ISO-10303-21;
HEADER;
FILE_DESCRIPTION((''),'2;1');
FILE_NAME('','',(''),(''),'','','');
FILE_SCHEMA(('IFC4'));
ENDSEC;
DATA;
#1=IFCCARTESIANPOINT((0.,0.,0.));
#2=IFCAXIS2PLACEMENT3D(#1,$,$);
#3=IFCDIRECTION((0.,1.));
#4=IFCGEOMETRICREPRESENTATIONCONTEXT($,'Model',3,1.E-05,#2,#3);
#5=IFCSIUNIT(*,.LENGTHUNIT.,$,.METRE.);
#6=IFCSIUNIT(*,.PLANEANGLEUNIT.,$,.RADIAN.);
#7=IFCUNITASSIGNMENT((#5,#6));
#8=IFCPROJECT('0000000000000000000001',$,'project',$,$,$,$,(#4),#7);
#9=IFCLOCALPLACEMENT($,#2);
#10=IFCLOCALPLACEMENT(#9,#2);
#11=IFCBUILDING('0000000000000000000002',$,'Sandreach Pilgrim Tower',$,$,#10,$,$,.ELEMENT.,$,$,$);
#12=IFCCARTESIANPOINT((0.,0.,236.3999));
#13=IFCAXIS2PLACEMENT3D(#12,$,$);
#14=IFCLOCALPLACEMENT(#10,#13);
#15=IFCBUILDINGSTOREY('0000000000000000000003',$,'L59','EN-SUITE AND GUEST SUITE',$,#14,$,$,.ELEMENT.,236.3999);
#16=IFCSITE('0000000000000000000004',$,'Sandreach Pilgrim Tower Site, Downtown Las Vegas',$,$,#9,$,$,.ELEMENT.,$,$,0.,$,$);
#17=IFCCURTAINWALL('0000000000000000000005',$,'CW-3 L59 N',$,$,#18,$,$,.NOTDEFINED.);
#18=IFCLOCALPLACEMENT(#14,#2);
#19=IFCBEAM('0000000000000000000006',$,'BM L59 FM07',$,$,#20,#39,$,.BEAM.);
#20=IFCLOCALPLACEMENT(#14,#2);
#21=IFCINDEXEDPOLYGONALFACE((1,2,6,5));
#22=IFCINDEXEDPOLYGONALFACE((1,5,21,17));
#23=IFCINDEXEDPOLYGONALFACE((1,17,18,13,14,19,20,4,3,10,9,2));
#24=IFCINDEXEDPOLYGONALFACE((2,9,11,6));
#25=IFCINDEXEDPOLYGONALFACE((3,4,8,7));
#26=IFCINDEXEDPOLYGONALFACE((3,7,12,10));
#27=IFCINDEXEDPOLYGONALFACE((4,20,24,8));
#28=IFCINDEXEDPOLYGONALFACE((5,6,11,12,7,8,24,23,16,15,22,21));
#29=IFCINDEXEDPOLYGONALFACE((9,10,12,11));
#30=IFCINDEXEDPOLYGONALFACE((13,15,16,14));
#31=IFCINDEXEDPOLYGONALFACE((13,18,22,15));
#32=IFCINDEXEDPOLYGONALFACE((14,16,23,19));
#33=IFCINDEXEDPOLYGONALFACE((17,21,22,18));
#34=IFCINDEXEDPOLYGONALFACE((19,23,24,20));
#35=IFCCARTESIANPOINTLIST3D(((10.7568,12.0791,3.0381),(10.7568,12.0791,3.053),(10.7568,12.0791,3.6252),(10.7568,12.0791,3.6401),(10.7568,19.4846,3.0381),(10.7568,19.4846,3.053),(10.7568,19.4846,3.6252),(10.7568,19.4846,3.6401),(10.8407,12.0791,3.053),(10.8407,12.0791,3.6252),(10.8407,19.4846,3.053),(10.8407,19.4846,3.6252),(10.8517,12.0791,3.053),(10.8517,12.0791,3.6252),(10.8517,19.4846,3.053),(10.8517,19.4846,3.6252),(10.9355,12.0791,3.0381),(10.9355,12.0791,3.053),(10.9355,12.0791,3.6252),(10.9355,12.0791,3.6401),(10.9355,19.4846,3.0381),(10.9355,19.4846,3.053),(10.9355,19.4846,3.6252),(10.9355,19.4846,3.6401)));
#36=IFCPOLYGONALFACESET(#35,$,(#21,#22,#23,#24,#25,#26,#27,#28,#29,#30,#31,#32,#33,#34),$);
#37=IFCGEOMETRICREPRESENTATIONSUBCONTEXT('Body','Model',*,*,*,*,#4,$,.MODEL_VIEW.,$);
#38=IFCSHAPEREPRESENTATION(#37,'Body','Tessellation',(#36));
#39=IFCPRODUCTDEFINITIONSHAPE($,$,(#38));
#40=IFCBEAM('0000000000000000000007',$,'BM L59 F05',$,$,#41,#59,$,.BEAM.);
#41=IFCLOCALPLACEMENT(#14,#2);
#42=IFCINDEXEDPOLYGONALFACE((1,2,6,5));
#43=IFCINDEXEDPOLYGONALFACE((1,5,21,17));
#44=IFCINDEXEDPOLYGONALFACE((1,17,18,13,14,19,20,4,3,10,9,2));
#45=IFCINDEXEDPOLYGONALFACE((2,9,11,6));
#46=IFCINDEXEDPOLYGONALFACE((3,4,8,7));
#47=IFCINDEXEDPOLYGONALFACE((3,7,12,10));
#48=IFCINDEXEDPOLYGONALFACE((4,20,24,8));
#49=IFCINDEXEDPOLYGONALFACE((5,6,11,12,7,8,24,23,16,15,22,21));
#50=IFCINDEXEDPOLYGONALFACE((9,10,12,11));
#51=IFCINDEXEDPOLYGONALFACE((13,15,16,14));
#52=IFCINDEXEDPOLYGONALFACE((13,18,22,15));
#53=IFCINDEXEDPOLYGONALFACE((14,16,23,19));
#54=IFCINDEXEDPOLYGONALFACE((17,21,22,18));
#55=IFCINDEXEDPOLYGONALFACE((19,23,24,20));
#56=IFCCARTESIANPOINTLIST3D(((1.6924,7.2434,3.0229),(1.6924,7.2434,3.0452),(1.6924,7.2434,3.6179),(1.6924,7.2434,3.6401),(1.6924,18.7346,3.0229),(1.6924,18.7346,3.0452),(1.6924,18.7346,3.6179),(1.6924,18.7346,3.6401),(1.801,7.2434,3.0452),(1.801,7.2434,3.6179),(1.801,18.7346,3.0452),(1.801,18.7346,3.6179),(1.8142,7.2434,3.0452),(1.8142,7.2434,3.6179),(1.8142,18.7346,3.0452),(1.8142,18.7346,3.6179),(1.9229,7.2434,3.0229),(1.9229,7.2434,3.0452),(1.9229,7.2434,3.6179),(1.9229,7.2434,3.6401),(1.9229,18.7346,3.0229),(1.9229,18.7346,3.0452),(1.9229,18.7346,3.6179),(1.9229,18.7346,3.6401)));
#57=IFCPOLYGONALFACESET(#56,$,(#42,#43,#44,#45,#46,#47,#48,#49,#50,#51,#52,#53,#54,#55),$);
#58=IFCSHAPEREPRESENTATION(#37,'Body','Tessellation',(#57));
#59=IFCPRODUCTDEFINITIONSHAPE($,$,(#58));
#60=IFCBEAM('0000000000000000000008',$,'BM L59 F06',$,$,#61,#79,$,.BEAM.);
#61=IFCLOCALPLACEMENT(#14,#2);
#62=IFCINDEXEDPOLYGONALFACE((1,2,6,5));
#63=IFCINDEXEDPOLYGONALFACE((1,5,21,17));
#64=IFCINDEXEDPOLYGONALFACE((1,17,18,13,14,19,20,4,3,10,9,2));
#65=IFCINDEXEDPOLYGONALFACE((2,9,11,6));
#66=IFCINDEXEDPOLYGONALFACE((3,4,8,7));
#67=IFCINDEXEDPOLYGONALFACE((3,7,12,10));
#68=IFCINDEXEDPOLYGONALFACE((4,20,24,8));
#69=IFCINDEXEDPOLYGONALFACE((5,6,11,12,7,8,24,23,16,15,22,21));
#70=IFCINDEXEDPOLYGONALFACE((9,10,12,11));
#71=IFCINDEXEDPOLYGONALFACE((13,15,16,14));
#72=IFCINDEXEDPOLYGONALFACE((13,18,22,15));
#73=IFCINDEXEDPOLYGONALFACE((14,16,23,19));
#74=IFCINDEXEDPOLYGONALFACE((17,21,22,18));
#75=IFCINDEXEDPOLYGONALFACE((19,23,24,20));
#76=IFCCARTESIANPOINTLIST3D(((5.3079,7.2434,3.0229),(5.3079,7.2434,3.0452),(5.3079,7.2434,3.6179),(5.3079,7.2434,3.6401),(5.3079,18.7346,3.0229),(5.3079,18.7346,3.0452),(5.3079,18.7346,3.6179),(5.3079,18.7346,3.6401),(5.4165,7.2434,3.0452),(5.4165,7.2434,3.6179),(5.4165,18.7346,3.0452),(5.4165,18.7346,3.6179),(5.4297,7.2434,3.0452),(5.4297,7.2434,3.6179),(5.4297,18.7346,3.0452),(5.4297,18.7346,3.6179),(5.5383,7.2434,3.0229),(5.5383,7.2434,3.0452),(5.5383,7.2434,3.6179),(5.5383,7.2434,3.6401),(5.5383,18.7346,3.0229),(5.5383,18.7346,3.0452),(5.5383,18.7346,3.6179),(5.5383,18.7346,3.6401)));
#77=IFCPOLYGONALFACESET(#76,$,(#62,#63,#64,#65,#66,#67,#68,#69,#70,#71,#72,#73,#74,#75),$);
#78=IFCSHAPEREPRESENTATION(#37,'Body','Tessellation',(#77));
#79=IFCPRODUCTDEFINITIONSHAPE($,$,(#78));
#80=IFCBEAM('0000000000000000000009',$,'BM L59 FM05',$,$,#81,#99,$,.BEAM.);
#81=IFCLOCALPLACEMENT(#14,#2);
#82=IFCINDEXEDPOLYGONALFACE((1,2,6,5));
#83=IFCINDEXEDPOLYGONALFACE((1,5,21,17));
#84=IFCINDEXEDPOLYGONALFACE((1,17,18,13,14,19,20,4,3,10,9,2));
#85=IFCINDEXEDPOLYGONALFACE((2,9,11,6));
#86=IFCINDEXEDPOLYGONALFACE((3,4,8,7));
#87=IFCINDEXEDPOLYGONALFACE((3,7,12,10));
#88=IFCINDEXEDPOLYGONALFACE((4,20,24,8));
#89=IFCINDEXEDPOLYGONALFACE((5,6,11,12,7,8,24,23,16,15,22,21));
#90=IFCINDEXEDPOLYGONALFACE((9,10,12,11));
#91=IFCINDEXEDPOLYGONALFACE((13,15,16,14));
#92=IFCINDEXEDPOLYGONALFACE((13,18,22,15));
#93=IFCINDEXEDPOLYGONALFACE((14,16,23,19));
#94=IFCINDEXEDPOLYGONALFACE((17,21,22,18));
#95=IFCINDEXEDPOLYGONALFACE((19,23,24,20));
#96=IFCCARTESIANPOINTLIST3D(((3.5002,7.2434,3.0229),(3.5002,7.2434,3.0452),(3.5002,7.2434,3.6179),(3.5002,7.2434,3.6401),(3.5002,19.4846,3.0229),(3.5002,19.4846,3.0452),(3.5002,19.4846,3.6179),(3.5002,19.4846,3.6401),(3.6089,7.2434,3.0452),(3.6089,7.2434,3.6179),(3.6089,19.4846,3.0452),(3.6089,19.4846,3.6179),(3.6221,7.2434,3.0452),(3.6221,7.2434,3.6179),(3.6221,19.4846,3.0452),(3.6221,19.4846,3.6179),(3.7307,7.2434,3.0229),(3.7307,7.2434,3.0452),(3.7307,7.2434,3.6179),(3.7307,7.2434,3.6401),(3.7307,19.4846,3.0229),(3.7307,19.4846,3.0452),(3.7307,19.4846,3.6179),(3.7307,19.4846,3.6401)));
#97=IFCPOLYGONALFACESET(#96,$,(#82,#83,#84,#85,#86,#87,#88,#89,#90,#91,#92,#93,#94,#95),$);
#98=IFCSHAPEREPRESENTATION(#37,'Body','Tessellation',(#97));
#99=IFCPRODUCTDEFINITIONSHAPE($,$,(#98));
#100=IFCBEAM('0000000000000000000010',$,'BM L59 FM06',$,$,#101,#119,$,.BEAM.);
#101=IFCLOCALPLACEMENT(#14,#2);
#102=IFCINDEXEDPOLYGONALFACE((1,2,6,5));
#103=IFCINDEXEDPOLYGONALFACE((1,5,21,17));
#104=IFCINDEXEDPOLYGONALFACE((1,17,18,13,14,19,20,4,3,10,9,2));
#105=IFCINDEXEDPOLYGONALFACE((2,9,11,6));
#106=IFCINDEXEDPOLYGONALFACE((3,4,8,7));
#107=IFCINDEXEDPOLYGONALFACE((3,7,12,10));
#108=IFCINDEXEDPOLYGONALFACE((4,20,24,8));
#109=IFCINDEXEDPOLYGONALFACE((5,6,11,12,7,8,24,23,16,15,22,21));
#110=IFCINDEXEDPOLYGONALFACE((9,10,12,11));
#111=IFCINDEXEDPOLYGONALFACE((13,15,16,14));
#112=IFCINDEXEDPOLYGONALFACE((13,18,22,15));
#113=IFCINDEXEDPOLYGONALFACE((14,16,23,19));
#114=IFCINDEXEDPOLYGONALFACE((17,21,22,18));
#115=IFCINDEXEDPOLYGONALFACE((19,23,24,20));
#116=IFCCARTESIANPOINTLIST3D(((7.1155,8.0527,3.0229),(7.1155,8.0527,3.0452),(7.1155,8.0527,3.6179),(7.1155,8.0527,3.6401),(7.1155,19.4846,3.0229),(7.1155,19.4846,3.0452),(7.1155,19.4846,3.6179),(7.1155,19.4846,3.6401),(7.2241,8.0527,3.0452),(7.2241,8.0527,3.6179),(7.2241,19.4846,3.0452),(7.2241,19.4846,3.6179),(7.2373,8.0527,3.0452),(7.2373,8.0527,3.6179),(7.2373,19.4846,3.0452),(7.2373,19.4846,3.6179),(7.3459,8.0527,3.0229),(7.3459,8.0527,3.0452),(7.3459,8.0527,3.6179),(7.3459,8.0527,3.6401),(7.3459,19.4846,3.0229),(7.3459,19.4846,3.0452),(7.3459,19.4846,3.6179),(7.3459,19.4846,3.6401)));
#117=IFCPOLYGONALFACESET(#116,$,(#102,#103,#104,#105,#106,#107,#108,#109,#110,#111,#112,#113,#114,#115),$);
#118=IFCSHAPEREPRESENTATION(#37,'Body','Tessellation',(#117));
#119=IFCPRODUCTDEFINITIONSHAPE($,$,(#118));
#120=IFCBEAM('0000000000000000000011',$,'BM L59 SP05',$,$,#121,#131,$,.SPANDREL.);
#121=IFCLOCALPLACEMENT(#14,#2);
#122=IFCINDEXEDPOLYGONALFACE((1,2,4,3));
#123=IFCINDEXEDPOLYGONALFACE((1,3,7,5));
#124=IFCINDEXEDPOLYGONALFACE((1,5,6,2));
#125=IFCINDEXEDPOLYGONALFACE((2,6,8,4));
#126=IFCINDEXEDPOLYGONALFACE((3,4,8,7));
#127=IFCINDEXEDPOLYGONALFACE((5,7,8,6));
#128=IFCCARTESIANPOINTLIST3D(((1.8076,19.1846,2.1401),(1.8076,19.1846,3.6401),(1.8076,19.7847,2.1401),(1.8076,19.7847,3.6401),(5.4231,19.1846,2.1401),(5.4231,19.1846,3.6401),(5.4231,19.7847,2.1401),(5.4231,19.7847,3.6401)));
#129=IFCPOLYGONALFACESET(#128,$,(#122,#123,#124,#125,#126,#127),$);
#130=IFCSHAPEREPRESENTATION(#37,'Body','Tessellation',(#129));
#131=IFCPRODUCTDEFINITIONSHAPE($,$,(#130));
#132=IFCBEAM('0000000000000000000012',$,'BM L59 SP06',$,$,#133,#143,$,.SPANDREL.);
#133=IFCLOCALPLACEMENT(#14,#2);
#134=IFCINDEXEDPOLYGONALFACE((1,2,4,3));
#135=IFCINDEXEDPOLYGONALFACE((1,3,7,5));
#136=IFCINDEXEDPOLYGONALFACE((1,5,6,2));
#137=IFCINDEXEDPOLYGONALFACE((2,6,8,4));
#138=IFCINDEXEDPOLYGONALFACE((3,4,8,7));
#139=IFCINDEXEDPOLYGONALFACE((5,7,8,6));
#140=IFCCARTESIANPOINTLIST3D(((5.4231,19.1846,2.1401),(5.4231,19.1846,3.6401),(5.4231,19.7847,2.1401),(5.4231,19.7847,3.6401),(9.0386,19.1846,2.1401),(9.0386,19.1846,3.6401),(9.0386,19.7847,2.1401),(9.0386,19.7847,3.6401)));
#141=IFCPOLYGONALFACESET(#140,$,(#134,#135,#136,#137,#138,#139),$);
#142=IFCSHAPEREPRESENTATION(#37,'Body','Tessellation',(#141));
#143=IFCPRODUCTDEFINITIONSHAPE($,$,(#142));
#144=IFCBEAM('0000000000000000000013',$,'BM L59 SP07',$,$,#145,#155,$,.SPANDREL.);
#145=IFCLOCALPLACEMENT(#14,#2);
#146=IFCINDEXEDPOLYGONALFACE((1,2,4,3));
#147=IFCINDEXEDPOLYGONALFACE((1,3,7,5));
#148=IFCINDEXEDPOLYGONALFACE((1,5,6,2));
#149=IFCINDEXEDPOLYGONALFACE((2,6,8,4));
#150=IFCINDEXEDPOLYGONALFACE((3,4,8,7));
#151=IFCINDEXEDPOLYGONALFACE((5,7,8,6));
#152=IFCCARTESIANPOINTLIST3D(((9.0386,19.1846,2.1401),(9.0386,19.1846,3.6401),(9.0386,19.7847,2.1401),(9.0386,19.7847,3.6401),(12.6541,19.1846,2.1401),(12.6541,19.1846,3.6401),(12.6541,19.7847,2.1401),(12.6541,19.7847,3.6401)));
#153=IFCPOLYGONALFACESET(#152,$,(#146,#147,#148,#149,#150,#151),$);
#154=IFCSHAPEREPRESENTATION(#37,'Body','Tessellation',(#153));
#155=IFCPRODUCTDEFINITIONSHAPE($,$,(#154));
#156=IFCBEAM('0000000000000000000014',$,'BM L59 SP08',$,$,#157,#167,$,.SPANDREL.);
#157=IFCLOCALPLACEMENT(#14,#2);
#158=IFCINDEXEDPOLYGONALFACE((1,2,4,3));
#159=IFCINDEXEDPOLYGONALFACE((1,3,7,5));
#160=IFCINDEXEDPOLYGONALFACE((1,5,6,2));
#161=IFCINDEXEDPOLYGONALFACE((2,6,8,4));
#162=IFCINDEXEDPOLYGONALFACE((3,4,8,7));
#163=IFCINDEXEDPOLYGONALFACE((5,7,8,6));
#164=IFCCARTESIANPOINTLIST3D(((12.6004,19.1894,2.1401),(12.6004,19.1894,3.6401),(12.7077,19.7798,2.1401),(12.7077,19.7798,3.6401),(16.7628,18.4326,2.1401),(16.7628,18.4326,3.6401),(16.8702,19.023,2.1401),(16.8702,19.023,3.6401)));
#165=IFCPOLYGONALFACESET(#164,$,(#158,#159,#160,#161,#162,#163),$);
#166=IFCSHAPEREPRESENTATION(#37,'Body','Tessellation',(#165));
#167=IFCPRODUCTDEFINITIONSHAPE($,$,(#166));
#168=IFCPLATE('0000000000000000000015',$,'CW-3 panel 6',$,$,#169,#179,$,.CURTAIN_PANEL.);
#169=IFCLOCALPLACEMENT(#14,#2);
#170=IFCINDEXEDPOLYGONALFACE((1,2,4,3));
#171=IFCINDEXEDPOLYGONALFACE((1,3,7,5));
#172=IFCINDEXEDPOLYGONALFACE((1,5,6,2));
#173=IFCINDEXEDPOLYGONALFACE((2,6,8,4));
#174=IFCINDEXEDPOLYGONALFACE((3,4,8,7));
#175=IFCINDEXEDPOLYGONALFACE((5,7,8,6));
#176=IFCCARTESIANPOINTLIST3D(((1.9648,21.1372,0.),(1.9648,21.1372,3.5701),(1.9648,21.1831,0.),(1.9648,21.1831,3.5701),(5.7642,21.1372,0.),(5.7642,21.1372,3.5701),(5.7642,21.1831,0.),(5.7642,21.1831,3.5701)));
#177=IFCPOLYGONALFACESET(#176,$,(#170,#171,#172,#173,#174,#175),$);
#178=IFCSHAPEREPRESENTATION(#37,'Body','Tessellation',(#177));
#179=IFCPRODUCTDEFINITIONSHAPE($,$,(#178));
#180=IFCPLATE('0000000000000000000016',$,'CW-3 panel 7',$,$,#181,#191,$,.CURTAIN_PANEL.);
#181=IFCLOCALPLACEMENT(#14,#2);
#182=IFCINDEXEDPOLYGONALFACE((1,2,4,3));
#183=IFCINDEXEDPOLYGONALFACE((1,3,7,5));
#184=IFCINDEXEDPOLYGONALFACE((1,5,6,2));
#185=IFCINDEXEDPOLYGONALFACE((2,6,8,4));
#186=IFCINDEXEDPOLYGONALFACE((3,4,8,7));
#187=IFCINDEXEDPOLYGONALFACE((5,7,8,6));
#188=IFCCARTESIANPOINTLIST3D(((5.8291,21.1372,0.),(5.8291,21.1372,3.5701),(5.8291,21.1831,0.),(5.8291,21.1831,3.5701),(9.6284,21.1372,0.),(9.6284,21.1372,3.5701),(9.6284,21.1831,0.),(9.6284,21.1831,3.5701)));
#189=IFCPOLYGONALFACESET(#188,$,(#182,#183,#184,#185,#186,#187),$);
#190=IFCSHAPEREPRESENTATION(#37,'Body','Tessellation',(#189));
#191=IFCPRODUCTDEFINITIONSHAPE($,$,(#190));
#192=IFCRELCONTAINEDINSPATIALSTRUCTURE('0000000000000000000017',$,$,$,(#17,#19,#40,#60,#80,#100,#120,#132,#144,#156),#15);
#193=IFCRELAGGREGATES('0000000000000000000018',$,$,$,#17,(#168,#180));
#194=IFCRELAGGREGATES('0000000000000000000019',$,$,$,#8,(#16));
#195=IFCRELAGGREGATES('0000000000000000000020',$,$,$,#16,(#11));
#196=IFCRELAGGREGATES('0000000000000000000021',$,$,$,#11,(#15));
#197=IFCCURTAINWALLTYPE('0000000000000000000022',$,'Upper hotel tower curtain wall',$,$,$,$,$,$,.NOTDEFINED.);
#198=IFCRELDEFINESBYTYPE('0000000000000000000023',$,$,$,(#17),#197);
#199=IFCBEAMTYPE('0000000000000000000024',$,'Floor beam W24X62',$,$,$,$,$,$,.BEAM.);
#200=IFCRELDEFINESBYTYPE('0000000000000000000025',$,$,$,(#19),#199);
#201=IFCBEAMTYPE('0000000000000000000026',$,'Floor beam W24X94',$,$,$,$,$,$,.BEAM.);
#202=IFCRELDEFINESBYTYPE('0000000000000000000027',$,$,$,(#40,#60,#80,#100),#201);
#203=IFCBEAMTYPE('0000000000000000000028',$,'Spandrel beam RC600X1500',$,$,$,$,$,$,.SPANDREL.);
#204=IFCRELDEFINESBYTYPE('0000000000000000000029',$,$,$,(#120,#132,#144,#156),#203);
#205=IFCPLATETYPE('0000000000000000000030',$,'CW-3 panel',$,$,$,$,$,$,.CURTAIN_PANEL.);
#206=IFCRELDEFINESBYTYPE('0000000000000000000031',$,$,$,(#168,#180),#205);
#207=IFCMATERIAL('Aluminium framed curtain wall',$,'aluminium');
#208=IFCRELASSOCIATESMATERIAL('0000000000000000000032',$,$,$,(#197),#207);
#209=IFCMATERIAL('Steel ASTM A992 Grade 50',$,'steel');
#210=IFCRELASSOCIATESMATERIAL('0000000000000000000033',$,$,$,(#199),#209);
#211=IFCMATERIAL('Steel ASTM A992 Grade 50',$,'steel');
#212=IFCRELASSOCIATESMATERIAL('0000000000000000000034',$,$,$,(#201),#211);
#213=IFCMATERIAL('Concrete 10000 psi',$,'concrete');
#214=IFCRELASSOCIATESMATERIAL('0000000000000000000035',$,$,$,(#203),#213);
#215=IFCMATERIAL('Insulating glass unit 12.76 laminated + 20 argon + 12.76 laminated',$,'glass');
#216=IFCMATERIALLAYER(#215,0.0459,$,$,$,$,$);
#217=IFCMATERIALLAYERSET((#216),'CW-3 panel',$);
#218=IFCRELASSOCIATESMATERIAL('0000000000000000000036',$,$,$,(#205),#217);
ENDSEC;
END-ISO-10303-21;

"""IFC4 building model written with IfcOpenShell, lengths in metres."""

from ifc_helpers import new_model, si_unit, direction, frame, origin, origin_2d, place, context, subcontext, project, spatial, rectangle, i_section, extrude, material, layer, layer_set, material_profile, profile_set, type_object, element, aggregate, save


model = new_model("IFC4")

# Units and contexts
model_context = context("Model", 3, precision=1e-05, world=origin(), true_north=direction((0.0, 1.0)))
body_context = subcontext(model_context, "Body", "Model", "MODEL_VIEW")
ifc_project = project(units=[si_unit("LENGTHUNIT", "METRE"), si_unit("PLANEANGLEUNIT", "RADIAN")], contexts=[model_context])

# Site, building, storey
site_placement = place(None, origin())
site = spatial("IfcSite", under=ifc_project, at=site_placement, Name="Sandreach Pilgrim Tower Site, Downtown Las Vegas", CompositionType="ELEMENT", RefElevation=0.0)
building_placement = place(site_placement, origin())
building = spatial("IfcBuilding", under=site, at=building_placement, Name="Sandreach Pilgrim Tower", CompositionType="ELEMENT")
storey_placement = place(building_placement, frame((0.0, 0.0, 236.3999)))
storey = spatial("IfcBuildingStorey", under=building, at=storey_placement, Name="L59", Description="EN-SUITE AND GUEST SUITE", CompositionType="ELEMENT", Elevation=236.3999)

# Curtain wall
ifc_material_1 = material(Name="Aluminium framed curtain wall", Category="aluminium")
curtain_wall_type = type_object("IfcCurtainWallType", Name="Upper hotel tower curtain wall", PredefinedType="NOTDEFINED", material=ifc_material_1)
curtain_wall_placement = place(storey_placement, origin())
curtain_wall = element("IfcCurtainWall", 1, at=curtain_wall_placement, inside=storey, type_object=curtain_wall_type, Name="CW-3 L59 N", PredefinedType="NOTDEFINED")

# Beams
ifc_material_2 = material(Name="Steel ASTM A992 Grade 50", Category="steel")
ifc_material_profile_1 = material_profile(ifc_material_2, i_section(OverallWidth=0.1787, OverallDepth=0.6021, WebThickness=0.011, FlangeThickness=0.0149, at=origin_2d()), Name="W24X62")
ifc_profile_set_1 = profile_set([ifc_material_profile_1], Name="Steel ASTM A992 Grade 50")
beam_type_1 = type_object("IfcBeamType", Name="Floor beam W24X62", PredefinedType="BEAM", material=ifc_profile_set_1)
beam_1_placement = place(storey_placement, frame((10.8462, 19.4846, 3.3391), z_axis=(0.0, -1.0, 0.0), x_axis=(1.0, 0.0, 0.0)))
element("IfcBeam", 2, at=beam_1_placement, inside=storey, type_object=beam_type_1, Name="BM L59 FM07", PredefinedType="BEAM", context=body_context, shape_type="SweptSolid", body=[
    extrude(i_section(OverallWidth=0.1787, OverallDepth=0.6021, WebThickness=0.011, FlangeThickness=0.0149, at=origin_2d()), origin(), (0.0, 0.0, 1.0), 7.4055),
])
ifc_material_3 = material(Name="Steel ASTM A992 Grade 50", Category="steel")
ifc_material_profile_2 = material_profile(ifc_material_3, i_section(OverallWidth=0.2305, OverallDepth=0.6172, WebThickness=0.0132, FlangeThickness=0.0222, at=origin_2d()), Name="W24X94")
ifc_profile_set_2 = profile_set([ifc_material_profile_2], Name="Steel ASTM A992 Grade 50")
beam_type_2 = type_object("IfcBeamType", Name="Floor beam W24X94", PredefinedType="BEAM", material=ifc_profile_set_2)
for number, where, z_axis, x_axis, name in (
    (3, (1.8076, 18.7346, 3.3315), (0.0, -1.0, 0.0), (1.0, 0.0, 0.0), "BM L59 F05"),
    (4, (5.4231, 18.7346, 3.3315), (0.0, -1.0, 0.0), (1.0, 0.0, 0.0), "BM L59 F06"),
):
    element("IfcBeam", number, at=place(storey_placement, frame(where, z_axis=z_axis, x_axis=x_axis)), inside=storey, type_object=beam_type_2, Name=name, PredefinedType="BEAM", context=body_context, shape_type="SweptSolid", body=[
        extrude(i_section(OverallWidth=0.2305, OverallDepth=0.6172, WebThickness=0.0132, FlangeThickness=0.0222, at=origin_2d()), origin(), (0.0, 0.0, 1.0), 11.4912),
    ])
beam_2_placement = place(storey_placement, frame((3.6155, 19.4846, 3.3315), z_axis=(0.0, -1.0, 0.0), x_axis=(1.0, 0.0, 0.0)))
element("IfcBeam", 5, at=beam_2_placement, inside=storey, type_object=beam_type_2, Name="BM L59 FM05", PredefinedType="BEAM", context=body_context, shape_type="SweptSolid", body=[
    extrude(i_section(OverallWidth=0.2305, OverallDepth=0.6172, WebThickness=0.0132, FlangeThickness=0.0222, at=origin_2d()), origin(), (0.0, 0.0, 1.0), 12.2412),
])
beam_3_placement = place(storey_placement, frame((7.2307, 19.4846, 3.3315), z_axis=(0.0, -1.0, 0.0), x_axis=(1.0, 0.0, 0.0)))
element("IfcBeam", 6, at=beam_3_placement, inside=storey, type_object=beam_type_2, Name="BM L59 FM06", PredefinedType="BEAM", context=body_context, shape_type="SweptSolid", body=[
    extrude(i_section(OverallWidth=0.2305, OverallDepth=0.6172, WebThickness=0.0132, FlangeThickness=0.0222, at=origin_2d()), origin(), (0.0, 0.0, 1.0), 11.4319),
])
ifc_material_4 = material(Name="Concrete 10000 psi", Category="concrete")
ifc_material_profile_3 = material_profile(ifc_material_4, rectangle(XDim=0.6001, YDim=1.5, at=origin_2d()), Name="RC600X1500")
ifc_profile_set_3 = profile_set([ifc_material_profile_3], Name="Concrete 10000 psi")
beam_type_3 = type_object("IfcBeamType", Name="Spandrel beam RC600X1500", PredefinedType="SPANDREL", material=ifc_profile_set_3)
for number, where, z_axis, x_axis, name in (
    (7, (1.8076, 19.4846, 2.8901), (1.0, 0.0, 0.0), (0.0, 1.0, 0.0), "BM L59 SP05"),
    (8, (5.4231, 19.4846, 2.8901), (1.0, 0.0, 0.0), (0.0, 1.0, 0.0), "BM L59 SP06"),
    (9, (9.0386, 19.4846, 2.8901), (1.0, 0.0, 0.0), (0.0, 1.0, 0.0), "BM L59 SP07"),
):
    element("IfcBeam", number, at=place(storey_placement, frame(where, z_axis=z_axis, x_axis=x_axis)), inside=storey, type_object=beam_type_3, Name=name, PredefinedType="SPANDREL", context=body_context, shape_type="SweptSolid", body=[
        extrude(rectangle(XDim=0.6001, YDim=1.5, at=origin_2d()), origin(), (0.0, 0.0, 1.0), 3.6155),
    ])
beam_4_placement = place(storey_placement, frame((12.6541, 19.4846, 2.8901), z_axis=(0.983868, -0.178896, 0.0), x_axis=(0.178896, 0.983868, 0.0)))
element("IfcBeam", 10, at=beam_4_placement, inside=storey, type_object=beam_type_3, Name="BM L59 SP08", PredefinedType="SPANDREL", context=body_context, shape_type="SweptSolid", body=[
    extrude(rectangle(XDim=0.6001, YDim=1.5, at=origin_2d()), origin(), (0.0, 0.0, 1.0), 4.2307),
])

# Plates
ifc_material_5 = material(Name="Insulating glass unit 12.76 laminated + 20 argon + 12.76 laminated", Category="glass")
ifc_layer_1 = layer(ifc_material_5, 0.0459)
ifc_layer_set_1 = layer_set([ifc_layer_1], Name="CW-3 panel")
plate_type = type_object("IfcPlateType", Name="CW-3 panel", PredefinedType="CURTAIN_PANEL", material=ifc_layer_set_1)
plate_1_placement = place(storey_placement, frame((3.8645, 21.1602, 0.0), z_axis=(0.0, 0.0, 1.0), x_axis=(1.0, 0.0, 0.0)))
plate_1 = element("IfcPlate", 11, at=plate_1_placement, type_object=plate_type, Name="CW-3 panel 6", PredefinedType="CURTAIN_PANEL", context=body_context, shape_type="SweptSolid", body=[
    extrude(rectangle(XDim=3.7993, YDim=0.0459, at=origin_2d()), origin(), (0.0, 0.0, 1.0), 3.5701),
])
plate_2_placement = place(storey_placement, frame((7.7288, 21.1602, 0.0), z_axis=(0.0, 0.0, 1.0), x_axis=(1.0, 0.0, 0.0)))
plate_2 = element("IfcPlate", 12, at=plate_2_placement, type_object=plate_type, Name="CW-3 panel 7", PredefinedType="CURTAIN_PANEL", context=body_context, shape_type="SweptSolid", body=[
    extrude(rectangle(XDim=3.7993, YDim=0.0459, at=origin_2d()), origin(), (0.0, 0.0, 1.0), 3.5701),
])
aggregate(curtain_wall, [plate_1, plate_2])

save(model, "model.ifc")
